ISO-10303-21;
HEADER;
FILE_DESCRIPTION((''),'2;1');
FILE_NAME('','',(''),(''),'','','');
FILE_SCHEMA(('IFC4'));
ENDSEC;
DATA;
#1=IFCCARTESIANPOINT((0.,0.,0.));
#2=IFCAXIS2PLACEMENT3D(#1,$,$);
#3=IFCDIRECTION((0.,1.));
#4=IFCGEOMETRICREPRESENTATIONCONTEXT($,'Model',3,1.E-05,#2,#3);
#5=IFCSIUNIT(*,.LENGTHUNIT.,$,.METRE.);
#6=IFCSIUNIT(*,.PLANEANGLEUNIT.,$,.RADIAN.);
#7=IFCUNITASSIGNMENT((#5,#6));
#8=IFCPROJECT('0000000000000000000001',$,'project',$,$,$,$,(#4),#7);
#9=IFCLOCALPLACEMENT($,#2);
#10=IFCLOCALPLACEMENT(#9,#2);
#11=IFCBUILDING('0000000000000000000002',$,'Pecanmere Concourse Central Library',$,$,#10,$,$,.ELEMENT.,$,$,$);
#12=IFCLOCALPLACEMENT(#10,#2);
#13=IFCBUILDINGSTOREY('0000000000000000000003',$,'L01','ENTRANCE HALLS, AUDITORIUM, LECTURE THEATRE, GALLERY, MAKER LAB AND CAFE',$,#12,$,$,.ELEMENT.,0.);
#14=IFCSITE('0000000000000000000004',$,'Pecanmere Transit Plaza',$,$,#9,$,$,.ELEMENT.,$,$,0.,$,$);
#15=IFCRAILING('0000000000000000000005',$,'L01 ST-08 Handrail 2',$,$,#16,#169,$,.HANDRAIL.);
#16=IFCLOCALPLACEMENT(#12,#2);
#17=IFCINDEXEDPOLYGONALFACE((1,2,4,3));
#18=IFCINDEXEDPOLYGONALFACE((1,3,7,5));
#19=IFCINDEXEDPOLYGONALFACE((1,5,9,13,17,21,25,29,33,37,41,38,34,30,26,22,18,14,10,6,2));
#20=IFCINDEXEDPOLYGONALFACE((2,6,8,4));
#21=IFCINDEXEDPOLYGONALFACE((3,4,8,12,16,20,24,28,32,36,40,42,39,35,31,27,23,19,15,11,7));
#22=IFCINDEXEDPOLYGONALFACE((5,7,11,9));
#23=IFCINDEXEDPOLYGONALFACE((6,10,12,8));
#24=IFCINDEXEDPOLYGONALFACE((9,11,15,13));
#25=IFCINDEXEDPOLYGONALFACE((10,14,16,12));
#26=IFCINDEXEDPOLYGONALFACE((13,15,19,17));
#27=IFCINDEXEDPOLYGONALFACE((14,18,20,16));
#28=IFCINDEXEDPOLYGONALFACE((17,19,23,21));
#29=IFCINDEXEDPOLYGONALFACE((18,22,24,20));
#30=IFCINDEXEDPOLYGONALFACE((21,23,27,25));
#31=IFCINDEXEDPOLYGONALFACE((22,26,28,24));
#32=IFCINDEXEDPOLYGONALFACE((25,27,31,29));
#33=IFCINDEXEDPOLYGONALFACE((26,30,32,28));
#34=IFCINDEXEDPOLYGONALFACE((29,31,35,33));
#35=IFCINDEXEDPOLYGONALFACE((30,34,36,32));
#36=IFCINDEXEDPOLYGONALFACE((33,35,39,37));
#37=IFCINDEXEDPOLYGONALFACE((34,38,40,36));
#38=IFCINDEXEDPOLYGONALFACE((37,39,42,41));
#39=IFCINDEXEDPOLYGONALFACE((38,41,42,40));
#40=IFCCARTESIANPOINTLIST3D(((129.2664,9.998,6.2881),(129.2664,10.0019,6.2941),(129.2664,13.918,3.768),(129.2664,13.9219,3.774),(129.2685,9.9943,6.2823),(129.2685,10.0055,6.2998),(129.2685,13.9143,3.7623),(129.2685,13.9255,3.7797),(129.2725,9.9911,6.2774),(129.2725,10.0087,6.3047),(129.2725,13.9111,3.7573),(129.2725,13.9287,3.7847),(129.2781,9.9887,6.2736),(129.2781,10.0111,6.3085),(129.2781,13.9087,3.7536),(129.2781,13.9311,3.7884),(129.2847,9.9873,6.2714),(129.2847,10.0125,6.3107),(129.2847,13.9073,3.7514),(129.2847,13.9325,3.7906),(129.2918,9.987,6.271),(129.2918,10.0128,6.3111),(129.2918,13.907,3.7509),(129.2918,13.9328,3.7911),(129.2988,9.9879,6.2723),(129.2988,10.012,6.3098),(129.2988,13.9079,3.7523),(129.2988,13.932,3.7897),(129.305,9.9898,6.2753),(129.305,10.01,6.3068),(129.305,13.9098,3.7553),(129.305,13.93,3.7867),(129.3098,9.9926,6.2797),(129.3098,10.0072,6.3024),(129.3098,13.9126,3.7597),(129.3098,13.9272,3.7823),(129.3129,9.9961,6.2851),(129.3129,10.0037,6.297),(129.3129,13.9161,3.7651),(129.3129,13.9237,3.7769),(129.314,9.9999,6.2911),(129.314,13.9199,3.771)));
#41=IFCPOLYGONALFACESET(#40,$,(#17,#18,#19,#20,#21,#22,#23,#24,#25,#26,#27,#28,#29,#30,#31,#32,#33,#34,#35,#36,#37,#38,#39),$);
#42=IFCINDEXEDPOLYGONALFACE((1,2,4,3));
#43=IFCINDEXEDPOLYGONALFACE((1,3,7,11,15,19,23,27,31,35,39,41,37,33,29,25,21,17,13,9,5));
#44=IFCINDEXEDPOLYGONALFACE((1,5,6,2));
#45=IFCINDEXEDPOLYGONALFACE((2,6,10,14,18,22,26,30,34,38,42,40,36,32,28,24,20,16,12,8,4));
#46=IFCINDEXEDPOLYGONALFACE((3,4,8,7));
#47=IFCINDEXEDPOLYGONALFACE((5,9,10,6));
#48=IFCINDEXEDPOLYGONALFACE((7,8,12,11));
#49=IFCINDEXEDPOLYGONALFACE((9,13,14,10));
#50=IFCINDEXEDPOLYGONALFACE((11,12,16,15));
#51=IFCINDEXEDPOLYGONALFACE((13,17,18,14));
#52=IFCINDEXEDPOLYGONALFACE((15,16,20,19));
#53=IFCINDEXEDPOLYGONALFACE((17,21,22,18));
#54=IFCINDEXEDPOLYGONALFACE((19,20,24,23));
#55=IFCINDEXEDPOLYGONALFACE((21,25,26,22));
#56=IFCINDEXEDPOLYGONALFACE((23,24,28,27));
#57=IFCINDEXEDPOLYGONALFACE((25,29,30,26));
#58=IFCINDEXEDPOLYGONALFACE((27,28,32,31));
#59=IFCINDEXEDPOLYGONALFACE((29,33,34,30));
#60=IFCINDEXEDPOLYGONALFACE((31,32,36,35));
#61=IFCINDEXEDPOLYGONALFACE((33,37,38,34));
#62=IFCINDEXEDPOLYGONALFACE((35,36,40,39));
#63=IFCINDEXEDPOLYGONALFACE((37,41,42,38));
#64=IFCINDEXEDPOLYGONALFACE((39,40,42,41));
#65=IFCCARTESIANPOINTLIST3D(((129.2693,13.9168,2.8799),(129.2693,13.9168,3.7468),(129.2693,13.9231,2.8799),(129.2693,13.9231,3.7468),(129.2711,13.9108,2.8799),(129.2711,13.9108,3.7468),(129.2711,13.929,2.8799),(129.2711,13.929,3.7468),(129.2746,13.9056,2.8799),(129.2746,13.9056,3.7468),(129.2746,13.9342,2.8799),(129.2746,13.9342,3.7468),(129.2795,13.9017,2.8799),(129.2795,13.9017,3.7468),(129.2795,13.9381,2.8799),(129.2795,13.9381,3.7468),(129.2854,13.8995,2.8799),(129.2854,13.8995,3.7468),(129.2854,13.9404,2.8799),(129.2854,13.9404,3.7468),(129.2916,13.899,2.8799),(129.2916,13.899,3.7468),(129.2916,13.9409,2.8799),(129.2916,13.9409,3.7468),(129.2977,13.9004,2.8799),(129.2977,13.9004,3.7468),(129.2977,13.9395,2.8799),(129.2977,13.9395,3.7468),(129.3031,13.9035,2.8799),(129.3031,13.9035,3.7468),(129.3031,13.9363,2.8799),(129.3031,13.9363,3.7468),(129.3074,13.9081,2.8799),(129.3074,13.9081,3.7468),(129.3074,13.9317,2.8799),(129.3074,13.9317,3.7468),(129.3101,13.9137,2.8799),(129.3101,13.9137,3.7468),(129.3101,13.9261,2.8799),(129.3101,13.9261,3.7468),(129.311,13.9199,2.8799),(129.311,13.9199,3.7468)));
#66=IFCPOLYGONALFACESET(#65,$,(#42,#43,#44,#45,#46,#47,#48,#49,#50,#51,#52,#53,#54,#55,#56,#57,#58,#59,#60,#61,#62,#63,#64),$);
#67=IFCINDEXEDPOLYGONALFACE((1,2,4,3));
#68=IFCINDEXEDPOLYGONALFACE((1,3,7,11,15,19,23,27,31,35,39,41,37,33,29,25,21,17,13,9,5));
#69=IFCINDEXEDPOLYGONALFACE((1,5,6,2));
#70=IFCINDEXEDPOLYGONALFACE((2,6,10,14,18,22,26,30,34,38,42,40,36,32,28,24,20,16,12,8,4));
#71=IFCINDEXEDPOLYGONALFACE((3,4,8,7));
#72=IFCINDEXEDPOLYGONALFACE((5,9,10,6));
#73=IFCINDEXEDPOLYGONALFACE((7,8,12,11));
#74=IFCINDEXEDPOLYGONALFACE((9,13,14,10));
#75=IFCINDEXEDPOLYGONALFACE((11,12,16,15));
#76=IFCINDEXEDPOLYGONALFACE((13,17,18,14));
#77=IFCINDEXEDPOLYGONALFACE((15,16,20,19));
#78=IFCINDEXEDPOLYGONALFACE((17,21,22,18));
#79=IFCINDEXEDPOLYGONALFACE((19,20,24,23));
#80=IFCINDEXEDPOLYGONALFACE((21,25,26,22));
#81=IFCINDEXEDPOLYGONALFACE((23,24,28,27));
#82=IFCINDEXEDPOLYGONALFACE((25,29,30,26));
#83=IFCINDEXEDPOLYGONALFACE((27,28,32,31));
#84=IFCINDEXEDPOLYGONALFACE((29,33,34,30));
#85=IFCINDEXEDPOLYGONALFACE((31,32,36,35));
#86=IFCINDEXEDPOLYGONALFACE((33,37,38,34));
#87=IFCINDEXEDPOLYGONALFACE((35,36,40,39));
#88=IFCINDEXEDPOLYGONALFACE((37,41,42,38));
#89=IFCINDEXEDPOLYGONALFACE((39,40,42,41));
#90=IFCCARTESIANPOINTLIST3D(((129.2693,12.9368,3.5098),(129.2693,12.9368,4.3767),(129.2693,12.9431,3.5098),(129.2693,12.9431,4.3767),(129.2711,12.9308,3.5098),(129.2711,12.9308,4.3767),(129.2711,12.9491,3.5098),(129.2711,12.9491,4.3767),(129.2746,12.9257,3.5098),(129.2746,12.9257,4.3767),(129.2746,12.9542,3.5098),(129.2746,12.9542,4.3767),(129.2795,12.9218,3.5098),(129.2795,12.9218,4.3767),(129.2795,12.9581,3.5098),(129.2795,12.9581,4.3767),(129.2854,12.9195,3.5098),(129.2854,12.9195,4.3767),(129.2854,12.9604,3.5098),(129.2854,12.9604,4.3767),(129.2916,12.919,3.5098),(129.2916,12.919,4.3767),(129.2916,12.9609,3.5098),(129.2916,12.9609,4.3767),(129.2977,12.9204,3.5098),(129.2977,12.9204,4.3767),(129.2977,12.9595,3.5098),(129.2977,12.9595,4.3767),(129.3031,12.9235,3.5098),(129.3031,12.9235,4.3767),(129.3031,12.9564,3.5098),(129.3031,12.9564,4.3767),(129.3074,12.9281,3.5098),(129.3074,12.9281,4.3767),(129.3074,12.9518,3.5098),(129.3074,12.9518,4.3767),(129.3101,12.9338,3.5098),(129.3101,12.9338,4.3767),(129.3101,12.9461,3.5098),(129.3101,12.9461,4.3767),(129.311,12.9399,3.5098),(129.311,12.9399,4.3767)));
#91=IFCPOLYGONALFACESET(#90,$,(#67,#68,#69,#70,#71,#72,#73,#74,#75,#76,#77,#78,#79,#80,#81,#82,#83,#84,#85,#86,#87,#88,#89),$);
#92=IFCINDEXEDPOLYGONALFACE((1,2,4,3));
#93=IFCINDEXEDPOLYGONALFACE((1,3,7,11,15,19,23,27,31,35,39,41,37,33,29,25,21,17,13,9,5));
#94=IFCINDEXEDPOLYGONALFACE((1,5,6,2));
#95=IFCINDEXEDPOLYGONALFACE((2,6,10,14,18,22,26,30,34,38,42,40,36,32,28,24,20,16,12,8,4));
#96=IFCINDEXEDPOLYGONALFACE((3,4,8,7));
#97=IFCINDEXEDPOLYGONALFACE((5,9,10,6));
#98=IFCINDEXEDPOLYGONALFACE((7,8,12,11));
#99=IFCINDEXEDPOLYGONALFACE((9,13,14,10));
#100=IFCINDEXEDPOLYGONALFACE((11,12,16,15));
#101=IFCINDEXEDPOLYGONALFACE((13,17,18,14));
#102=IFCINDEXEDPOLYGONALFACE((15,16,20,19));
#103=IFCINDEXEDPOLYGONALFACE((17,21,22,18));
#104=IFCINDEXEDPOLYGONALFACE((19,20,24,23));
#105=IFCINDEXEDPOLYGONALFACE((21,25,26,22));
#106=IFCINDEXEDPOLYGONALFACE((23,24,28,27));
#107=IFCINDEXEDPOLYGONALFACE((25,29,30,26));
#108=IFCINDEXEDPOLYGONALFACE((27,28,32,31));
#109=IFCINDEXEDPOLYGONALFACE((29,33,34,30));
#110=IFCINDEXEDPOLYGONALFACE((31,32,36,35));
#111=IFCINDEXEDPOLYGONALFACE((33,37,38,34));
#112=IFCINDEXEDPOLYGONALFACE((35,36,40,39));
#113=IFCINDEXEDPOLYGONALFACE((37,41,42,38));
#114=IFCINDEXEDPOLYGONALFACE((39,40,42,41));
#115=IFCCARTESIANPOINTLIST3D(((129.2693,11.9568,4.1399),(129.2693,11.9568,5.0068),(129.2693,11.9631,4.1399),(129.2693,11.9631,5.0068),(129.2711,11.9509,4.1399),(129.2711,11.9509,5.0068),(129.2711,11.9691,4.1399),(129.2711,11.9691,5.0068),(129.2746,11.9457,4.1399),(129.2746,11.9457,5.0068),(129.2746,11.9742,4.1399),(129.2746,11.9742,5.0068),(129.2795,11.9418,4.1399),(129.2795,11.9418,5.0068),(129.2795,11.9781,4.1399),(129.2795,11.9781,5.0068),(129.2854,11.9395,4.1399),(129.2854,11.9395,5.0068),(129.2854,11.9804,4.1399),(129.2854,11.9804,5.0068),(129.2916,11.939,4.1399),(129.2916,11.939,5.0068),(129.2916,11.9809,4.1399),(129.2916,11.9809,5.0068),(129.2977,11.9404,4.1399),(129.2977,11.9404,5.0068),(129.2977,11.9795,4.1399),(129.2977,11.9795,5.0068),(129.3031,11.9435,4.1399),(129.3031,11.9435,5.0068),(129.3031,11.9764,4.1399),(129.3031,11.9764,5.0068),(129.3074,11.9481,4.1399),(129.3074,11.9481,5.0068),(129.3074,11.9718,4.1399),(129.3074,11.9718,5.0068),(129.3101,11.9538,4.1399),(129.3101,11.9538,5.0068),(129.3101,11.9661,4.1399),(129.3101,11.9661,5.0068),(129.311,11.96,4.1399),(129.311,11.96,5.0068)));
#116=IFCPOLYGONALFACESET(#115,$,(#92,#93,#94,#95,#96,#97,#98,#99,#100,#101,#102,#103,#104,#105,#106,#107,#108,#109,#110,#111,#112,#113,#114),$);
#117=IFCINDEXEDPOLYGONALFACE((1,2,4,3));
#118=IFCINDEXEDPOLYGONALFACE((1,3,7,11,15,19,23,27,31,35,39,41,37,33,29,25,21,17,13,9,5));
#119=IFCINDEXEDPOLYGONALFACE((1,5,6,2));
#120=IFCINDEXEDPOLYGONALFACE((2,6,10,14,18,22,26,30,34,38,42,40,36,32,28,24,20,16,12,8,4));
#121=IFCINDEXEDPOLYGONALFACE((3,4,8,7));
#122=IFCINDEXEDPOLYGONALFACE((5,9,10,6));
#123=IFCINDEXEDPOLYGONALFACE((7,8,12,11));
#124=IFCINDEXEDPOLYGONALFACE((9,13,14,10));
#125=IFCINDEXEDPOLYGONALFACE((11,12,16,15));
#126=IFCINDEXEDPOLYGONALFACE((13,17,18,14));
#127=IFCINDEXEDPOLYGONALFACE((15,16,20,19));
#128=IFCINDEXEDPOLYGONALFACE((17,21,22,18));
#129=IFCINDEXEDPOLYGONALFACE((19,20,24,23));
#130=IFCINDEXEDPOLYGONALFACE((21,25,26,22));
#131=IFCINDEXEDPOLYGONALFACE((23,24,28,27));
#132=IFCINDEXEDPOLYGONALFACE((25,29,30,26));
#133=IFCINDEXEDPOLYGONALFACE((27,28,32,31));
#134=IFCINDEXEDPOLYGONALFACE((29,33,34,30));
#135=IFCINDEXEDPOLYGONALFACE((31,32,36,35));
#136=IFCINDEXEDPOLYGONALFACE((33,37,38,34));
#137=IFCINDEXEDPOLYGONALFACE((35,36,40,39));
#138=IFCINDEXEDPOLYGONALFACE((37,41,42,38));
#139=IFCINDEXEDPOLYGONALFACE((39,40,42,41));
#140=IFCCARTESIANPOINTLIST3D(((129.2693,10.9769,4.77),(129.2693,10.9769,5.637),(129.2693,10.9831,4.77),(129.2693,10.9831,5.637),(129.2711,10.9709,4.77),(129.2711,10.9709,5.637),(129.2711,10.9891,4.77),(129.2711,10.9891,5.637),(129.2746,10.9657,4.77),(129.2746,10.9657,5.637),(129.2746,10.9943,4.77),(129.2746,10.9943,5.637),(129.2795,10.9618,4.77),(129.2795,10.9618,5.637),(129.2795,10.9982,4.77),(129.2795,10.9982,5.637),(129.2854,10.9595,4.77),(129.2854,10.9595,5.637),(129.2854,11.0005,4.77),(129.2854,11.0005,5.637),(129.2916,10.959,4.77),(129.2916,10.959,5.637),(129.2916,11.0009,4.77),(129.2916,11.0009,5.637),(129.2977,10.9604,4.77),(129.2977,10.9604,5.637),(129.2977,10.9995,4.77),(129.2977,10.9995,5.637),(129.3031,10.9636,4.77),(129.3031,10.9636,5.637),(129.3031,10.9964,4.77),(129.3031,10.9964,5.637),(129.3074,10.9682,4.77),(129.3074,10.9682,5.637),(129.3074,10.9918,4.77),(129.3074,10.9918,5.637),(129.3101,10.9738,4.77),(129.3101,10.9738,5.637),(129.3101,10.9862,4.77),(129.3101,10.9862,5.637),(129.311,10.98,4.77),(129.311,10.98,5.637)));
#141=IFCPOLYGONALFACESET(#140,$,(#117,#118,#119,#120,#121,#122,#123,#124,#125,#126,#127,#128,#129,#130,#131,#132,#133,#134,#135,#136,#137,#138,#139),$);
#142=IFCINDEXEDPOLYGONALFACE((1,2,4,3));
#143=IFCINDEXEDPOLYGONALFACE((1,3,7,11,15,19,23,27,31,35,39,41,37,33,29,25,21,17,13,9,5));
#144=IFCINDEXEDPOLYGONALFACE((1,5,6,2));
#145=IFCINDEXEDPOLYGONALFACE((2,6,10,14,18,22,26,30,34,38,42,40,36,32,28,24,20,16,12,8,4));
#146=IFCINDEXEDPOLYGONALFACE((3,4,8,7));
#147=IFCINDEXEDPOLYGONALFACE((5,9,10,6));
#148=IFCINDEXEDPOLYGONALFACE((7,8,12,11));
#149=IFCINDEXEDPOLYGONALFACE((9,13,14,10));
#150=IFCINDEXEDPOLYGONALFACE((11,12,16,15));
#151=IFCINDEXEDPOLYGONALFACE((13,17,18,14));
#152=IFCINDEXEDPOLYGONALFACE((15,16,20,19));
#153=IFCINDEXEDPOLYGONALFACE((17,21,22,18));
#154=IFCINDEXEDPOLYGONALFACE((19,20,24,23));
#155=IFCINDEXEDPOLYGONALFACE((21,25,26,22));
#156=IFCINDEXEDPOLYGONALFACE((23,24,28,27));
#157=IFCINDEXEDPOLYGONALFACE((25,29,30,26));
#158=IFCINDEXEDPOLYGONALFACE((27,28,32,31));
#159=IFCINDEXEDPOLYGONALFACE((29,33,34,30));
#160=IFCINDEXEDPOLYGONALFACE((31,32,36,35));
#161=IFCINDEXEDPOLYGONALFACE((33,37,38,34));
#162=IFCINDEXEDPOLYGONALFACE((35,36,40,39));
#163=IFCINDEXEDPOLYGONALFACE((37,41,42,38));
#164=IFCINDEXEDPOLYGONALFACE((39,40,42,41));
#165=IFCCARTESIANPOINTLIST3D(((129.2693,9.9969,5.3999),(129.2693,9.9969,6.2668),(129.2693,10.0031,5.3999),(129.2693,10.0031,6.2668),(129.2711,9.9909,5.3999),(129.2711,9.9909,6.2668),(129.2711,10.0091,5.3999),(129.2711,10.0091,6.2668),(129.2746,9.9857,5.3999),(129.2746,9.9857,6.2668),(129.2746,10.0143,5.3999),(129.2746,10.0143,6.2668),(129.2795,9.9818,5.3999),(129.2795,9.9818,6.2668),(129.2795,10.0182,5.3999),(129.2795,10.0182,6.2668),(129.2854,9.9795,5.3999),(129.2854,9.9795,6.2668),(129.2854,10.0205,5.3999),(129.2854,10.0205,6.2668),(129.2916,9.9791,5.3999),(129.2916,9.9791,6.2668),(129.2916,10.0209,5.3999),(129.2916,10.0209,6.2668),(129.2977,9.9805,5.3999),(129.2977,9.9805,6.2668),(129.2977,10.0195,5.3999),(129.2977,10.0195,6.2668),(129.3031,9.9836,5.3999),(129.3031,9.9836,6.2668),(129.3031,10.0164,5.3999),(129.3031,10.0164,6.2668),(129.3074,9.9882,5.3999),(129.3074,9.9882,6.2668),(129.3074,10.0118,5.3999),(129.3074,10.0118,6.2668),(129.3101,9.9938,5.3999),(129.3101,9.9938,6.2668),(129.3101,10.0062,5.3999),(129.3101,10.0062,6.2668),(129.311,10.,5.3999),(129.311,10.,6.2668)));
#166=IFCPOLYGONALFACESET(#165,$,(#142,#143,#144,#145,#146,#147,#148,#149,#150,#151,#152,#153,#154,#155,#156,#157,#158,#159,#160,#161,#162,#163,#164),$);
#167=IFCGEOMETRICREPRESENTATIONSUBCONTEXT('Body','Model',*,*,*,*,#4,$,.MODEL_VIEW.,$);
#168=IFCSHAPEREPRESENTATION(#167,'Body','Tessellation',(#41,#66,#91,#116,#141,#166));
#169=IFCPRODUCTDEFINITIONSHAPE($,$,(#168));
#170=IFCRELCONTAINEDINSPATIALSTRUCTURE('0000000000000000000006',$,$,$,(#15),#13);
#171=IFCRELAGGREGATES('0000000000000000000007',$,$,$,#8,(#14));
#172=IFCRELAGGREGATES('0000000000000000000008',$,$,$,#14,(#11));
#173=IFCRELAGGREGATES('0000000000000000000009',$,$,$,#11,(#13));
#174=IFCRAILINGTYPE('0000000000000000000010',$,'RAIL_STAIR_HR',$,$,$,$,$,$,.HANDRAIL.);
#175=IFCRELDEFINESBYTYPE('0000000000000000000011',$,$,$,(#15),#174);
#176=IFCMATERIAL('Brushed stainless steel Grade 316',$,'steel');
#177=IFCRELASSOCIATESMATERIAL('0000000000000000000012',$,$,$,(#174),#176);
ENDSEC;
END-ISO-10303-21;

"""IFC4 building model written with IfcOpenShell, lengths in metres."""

from ifc_helpers import new_model, si_unit, direction, frame, origin, origin_2d, place, context, subcontext, project, spatial, circle, extrude, material, type_object, element, save


model = new_model("IFC4")

# Units and contexts
model_context = context("Model", 3, precision=1e-05, world=origin(), true_north=direction((0.0, 1.0)))
body_context = subcontext(model_context, "Body", "Model", "MODEL_VIEW")
ifc_project = project(units=[si_unit("LENGTHUNIT", "METRE"), si_unit("PLANEANGLEUNIT", "RADIAN")], contexts=[model_context])

# Site, building, storey
site_placement = place(None, origin())
site = spatial("IfcSite", under=ifc_project, at=site_placement, Name="Pecanmere Transit Plaza", CompositionType="ELEMENT", RefElevation=0.0)
building_placement = place(site_placement, origin())
building = spatial("IfcBuilding", under=site, at=building_placement, Name="Pecanmere Concourse Central Library", CompositionType="ELEMENT")
storey_placement = place(building_placement, origin())
storey = spatial("IfcBuildingStorey", under=building, at=storey_placement, Name="L01", Description="ENTRANCE HALLS, AUDITORIUM, LECTURE THEATRE, GALLERY, MAKER LAB AND CAFE", CompositionType="ELEMENT", Elevation=0.0)

# Railing
ifc_material_1 = material(Name="Brushed stainless steel Grade 316", Category="steel")
railing_type_1 = type_object("IfcRailingType", Name="RAIL_STAIR_HR", PredefinedType="HANDRAIL", material=ifc_material_1)
railing_1_placement = place(storey_placement, frame((129.29, 13.9199, 2.8799)))
element("IfcRailing", 1, at=railing_1_placement, inside=storey, type_object=railing_type_1, Name="L01 ST-08 Handrail 2", PredefinedType="HANDRAIL", context=body_context, shape_type="SweptSolid", body=[
    extrude(circle(Radius=0.0239, at=origin_2d()), frame((0.0, 0.0, 0.8911), z_axis=(0.0, -0.841172, 0.540768), x_axis=(1.0, 0.0, 0.0)), (0.0, 0.0, 1.0), 4.6602),
    extrude(circle(Radius=0.021, at=origin_2d()), origin(), (0.0, 0.0, 1.0), 0.8669),
    extrude(circle(Radius=0.021, at=origin_2d()), frame((0.0, -0.98, 0.6299)), (0.0, 0.0, 1.0), 0.8669),
    extrude(circle(Radius=0.021, at=origin_2d()), frame((0.0, -1.96, 1.26)), (0.0, 0.0, 1.0), 0.8669),
    extrude(circle(Radius=0.021, at=origin_2d()), frame((0.0, -2.9399, 1.8901)), (0.0, 0.0, 1.0), 0.8669),
    extrude(circle(Radius=0.021, at=origin_2d()), frame((0.0, -3.9199, 2.52)), (0.0, 0.0, 1.0), 0.8669),
])

save(model, "model.ifc")
